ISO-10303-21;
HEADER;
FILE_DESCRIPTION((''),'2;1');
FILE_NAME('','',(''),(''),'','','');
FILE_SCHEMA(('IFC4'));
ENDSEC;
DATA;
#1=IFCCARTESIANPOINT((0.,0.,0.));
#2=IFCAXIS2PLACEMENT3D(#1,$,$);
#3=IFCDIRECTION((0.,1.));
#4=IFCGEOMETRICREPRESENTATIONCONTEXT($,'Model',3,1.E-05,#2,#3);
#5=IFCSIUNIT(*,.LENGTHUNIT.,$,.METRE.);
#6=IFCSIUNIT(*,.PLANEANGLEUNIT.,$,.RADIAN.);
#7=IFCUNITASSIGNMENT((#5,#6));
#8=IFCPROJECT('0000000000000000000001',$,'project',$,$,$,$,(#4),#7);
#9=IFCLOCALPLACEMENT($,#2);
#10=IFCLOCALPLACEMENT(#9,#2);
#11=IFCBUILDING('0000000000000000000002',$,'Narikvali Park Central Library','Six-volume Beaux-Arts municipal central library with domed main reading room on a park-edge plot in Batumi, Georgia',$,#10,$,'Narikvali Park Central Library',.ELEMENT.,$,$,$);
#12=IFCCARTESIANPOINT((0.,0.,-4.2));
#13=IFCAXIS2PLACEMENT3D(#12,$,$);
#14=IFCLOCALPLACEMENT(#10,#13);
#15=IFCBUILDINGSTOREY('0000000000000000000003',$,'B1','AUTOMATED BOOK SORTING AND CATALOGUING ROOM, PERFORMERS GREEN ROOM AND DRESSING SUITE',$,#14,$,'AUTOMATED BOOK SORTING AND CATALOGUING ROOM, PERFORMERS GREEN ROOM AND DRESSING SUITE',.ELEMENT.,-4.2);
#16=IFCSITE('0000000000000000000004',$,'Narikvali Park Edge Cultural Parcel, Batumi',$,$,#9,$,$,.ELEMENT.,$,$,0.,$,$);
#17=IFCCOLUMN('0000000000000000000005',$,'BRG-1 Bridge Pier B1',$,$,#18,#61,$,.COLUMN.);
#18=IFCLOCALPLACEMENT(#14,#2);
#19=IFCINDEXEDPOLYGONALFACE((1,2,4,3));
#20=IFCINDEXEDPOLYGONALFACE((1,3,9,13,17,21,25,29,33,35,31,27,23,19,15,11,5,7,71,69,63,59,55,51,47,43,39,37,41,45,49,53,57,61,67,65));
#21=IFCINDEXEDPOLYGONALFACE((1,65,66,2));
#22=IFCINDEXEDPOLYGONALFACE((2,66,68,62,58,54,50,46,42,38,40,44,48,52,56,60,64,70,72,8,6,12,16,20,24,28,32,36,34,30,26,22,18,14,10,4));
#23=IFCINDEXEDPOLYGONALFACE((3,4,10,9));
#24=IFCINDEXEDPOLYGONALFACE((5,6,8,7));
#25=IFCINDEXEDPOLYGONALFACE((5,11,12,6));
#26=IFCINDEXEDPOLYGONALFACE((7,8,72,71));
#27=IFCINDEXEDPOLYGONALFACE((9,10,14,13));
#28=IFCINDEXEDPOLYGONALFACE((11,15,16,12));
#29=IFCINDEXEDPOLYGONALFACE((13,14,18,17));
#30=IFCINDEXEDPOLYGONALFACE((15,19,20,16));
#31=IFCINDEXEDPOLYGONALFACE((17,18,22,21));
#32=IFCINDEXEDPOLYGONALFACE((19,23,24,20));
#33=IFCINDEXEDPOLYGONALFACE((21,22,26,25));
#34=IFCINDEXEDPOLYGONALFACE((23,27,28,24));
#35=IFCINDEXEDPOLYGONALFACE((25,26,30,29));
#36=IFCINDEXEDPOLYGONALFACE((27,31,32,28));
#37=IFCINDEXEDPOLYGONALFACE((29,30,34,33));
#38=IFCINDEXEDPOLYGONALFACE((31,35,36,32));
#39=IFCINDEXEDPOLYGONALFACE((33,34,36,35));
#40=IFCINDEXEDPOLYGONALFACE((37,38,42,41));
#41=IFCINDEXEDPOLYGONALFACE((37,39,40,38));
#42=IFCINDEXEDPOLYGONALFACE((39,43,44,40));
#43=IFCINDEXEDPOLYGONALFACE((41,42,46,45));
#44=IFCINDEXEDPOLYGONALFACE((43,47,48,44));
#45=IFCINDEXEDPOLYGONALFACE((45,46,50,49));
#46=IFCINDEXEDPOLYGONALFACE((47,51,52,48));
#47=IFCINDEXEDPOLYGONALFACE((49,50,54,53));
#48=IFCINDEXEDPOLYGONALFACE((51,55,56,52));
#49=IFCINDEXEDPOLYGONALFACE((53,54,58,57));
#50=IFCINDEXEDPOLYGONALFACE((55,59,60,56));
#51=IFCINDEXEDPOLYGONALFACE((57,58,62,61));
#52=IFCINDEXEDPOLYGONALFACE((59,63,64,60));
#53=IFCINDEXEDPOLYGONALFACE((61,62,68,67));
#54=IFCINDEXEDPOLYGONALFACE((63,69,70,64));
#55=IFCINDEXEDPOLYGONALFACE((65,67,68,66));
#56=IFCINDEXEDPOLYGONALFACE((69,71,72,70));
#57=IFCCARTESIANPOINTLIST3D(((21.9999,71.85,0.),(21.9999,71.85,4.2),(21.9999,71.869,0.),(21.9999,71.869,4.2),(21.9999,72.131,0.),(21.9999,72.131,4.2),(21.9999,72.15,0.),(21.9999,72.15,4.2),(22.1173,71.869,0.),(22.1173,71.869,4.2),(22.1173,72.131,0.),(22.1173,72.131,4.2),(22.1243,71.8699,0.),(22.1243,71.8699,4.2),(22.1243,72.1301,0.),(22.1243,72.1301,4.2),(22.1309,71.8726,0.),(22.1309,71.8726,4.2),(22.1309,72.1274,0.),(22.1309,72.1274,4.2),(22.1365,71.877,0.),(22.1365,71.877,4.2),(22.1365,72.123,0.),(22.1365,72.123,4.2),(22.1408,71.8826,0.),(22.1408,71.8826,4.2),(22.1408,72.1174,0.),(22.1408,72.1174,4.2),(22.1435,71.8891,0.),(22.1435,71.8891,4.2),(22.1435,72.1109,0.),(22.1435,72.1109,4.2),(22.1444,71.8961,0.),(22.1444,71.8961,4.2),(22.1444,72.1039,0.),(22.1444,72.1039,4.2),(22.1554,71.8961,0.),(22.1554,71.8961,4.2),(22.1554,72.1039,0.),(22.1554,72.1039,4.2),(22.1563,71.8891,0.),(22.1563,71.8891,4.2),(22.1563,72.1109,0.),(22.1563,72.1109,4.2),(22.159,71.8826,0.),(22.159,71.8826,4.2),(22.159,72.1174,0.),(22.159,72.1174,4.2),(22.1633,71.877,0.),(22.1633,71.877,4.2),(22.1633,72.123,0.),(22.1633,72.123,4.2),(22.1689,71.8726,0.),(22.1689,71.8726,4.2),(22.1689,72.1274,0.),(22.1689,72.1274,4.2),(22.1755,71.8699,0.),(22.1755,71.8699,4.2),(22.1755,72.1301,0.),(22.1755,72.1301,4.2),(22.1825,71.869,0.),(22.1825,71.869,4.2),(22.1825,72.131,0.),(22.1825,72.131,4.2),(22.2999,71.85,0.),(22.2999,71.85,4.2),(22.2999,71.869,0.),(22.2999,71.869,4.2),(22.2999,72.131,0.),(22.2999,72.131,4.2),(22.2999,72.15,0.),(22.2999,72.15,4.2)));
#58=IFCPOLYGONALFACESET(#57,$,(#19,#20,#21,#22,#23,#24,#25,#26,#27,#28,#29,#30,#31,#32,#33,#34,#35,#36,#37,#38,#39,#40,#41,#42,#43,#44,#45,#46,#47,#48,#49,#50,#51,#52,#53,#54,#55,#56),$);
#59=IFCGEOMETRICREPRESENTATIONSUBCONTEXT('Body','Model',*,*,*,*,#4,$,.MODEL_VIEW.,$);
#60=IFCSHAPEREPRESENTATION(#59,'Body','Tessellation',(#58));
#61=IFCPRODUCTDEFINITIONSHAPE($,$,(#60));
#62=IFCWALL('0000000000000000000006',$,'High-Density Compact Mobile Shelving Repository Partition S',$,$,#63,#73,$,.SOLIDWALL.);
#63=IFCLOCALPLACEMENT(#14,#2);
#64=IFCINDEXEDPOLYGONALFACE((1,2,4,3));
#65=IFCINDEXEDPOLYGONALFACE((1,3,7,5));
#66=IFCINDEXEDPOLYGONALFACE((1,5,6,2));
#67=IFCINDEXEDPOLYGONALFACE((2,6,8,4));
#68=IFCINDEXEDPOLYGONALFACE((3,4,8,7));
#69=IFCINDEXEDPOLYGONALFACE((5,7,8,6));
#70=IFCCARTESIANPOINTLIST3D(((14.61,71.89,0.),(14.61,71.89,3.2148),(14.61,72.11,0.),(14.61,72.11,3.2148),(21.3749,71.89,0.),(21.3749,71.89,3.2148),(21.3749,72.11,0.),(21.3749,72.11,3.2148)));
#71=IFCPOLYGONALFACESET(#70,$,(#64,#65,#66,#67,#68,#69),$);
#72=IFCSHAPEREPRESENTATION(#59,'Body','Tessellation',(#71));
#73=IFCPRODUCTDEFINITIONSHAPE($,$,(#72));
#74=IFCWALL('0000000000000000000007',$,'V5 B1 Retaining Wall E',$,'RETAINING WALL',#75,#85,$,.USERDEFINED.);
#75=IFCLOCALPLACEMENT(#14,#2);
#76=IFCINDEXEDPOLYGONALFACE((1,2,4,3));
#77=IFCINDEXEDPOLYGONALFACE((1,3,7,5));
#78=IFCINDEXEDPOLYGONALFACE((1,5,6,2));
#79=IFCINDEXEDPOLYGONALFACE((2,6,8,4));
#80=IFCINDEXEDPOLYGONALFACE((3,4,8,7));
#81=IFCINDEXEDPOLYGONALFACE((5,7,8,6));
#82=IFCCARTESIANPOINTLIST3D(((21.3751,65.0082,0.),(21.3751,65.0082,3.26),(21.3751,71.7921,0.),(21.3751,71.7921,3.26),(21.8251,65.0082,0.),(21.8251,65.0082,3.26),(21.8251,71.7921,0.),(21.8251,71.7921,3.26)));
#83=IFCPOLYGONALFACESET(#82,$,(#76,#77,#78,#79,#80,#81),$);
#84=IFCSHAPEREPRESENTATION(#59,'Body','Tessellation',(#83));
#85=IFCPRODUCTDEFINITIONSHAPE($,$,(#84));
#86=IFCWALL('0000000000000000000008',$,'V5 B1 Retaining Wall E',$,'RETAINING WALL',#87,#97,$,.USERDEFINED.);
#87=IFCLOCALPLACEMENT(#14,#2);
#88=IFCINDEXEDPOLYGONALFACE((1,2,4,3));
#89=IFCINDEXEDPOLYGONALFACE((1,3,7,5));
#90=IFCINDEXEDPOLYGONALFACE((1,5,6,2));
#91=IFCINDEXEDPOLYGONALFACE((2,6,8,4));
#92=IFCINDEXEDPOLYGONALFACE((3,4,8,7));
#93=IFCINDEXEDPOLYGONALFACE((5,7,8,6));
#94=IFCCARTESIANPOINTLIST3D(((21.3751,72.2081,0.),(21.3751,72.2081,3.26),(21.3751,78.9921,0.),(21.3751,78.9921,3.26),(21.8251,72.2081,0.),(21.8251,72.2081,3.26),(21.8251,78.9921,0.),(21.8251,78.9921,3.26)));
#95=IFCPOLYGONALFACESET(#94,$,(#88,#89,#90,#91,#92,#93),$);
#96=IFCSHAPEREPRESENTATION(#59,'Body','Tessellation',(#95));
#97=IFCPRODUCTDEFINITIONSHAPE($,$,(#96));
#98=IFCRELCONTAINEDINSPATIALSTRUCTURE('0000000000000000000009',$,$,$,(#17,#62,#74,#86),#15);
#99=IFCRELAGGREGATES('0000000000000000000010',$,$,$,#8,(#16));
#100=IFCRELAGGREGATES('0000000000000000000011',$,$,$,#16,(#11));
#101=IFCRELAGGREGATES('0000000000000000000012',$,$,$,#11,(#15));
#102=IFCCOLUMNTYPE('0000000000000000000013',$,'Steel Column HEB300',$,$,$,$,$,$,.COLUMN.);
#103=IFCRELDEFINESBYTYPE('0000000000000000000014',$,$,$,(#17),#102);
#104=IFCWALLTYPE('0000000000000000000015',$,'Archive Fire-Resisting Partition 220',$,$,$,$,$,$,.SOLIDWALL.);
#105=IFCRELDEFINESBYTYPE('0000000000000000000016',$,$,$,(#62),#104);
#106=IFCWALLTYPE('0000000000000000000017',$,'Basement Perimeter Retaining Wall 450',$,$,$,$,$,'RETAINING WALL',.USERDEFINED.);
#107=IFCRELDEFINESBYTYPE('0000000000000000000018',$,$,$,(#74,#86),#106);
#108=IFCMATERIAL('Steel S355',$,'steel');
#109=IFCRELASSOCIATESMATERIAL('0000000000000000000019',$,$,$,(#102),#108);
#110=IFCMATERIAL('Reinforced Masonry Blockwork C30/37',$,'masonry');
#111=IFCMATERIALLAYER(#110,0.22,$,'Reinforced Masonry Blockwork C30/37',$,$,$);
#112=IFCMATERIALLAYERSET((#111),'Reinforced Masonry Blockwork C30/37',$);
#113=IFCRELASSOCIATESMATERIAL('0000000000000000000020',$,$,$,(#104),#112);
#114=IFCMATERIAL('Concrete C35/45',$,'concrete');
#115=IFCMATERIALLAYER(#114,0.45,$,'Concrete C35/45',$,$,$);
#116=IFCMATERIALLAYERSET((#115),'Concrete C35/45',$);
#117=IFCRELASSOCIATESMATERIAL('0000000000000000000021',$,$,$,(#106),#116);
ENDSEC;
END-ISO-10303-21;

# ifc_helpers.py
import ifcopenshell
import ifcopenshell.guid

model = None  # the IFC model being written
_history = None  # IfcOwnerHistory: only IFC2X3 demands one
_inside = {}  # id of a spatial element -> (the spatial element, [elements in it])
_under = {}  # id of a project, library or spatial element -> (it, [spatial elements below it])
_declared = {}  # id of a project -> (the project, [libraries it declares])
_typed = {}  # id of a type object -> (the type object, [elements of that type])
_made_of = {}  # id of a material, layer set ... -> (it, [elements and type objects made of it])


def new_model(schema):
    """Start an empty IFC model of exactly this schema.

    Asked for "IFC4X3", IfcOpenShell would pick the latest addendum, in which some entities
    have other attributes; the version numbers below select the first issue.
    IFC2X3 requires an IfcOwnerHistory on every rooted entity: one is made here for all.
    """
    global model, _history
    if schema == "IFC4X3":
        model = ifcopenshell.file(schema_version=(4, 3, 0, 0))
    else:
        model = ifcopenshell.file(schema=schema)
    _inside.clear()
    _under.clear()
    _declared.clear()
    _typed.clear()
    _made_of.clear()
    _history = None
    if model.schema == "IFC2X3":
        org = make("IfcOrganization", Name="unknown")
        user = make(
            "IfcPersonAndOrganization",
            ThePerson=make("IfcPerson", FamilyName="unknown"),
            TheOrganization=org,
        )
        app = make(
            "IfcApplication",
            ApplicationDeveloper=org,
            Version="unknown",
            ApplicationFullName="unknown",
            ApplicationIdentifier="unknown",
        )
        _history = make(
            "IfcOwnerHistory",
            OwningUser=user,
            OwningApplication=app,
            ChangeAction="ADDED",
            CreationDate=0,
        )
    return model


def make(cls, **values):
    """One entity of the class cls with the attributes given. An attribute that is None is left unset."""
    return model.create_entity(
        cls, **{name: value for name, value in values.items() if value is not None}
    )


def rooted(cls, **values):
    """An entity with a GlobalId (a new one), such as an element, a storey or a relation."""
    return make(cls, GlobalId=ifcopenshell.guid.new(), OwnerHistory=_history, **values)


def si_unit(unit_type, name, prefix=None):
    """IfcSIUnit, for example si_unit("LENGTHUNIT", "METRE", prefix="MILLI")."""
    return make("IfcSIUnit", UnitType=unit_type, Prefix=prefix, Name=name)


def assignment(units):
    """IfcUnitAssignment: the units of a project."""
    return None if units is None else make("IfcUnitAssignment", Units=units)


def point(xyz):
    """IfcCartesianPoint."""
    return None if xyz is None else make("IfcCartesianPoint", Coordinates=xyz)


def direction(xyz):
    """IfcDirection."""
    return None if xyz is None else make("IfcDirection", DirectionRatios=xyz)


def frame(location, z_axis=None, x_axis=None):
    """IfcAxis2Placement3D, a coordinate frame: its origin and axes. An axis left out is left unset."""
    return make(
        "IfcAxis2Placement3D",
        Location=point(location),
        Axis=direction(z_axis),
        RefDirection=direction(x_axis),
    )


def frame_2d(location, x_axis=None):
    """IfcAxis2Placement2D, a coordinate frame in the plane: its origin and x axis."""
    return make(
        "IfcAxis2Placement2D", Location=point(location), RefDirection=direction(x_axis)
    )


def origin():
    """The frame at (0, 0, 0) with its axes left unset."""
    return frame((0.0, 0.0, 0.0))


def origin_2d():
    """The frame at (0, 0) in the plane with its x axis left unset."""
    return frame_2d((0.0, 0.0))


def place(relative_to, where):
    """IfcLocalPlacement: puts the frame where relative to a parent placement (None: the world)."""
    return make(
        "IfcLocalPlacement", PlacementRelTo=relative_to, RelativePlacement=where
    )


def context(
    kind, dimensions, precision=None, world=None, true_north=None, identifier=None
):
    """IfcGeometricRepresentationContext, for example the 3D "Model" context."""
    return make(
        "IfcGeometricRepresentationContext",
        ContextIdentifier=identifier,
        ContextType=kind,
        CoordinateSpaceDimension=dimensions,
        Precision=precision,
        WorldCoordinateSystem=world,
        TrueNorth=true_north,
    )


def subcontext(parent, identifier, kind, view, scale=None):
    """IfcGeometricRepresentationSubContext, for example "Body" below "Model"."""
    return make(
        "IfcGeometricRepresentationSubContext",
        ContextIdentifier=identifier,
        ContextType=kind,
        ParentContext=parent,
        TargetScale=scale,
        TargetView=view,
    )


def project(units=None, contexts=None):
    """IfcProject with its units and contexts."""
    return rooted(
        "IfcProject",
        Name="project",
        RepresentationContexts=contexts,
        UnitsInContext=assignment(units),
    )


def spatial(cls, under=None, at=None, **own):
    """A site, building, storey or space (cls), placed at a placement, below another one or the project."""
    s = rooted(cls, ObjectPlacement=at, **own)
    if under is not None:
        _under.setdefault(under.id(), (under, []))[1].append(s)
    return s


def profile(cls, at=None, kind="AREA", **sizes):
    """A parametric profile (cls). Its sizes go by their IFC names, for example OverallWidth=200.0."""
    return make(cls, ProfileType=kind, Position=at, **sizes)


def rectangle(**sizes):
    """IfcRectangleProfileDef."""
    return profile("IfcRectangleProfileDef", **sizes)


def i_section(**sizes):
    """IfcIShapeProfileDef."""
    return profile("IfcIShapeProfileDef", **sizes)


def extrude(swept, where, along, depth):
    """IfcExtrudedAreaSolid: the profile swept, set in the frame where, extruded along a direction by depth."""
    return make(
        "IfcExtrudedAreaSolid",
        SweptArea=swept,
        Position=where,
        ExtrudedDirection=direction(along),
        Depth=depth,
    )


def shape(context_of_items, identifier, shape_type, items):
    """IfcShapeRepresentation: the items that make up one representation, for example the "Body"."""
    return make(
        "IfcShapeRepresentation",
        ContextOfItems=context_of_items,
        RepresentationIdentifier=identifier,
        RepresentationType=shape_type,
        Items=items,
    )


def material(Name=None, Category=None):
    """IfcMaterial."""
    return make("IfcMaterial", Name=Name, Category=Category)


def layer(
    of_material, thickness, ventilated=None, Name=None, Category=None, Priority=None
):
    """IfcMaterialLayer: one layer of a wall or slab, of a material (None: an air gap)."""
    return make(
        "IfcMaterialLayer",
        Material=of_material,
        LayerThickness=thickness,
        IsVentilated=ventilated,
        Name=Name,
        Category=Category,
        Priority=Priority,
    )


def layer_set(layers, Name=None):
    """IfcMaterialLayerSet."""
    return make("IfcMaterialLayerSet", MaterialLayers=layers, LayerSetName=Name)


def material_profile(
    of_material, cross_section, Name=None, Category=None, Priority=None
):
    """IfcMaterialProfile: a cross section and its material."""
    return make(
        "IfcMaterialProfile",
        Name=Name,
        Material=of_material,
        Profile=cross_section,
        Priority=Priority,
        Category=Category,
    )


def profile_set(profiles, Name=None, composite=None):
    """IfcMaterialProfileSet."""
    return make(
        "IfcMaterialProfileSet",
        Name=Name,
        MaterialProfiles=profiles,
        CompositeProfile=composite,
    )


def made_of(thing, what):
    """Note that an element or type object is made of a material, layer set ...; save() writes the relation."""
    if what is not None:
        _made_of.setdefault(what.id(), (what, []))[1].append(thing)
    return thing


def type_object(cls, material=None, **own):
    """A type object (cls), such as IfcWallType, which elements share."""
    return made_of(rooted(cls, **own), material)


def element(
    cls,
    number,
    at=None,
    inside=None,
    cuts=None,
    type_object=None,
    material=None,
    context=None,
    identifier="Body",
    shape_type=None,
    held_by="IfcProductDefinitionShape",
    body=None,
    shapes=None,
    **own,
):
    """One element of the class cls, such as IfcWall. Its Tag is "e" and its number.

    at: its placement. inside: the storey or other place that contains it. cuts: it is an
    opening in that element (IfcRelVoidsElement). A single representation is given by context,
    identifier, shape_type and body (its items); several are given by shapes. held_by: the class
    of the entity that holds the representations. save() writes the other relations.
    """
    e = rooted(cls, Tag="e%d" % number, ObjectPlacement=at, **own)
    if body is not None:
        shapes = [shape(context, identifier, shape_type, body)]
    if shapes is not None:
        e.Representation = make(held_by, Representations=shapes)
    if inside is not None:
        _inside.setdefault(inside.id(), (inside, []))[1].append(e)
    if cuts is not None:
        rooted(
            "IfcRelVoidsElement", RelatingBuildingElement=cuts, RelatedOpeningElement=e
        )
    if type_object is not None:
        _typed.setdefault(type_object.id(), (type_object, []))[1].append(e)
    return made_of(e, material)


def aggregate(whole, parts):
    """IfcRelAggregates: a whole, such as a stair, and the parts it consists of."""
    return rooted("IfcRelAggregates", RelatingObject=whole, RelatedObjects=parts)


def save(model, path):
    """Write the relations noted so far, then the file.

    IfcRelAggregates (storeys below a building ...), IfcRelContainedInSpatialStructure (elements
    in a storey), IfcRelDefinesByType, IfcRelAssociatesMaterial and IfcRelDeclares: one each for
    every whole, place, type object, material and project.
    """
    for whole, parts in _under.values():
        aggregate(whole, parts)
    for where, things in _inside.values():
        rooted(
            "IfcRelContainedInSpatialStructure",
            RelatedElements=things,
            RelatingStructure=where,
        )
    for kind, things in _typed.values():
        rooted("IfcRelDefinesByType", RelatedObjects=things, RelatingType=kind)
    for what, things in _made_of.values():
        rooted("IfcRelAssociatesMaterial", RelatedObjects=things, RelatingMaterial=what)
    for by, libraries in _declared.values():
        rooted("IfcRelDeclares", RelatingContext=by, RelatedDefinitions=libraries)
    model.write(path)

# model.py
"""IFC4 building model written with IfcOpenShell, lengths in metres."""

from ifc_helpers import new_model, si_unit, direction, frame, frame_2d, origin, origin_2d, place, context, subcontext, project, spatial, rectangle, i_section, extrude, material, layer, layer_set, material_profile, profile_set, type_object, element, save


model = new_model("IFC4")

# Units and contexts
model_context = context("Model", 3, precision=1e-05, world=origin(), true_north=direction((0.0, 1.0)))
body_context = subcontext(model_context, "Body", "Model", "MODEL_VIEW")
ifc_project = project(units=[si_unit("LENGTHUNIT", "METRE"), si_unit("PLANEANGLEUNIT", "RADIAN")], contexts=[model_context])

# Site, building, storey
site_placement = place(None, origin())
site = spatial("IfcSite", under=ifc_project, at=site_placement, Name="Narikvali Park Edge Cultural Parcel, Batumi", CompositionType="ELEMENT", RefElevation=0.0)
building_placement = place(site_placement, origin())
building = spatial("IfcBuilding", under=site, at=building_placement, Name="Narikvali Park Central Library", Description="Six-volume Beaux-Arts municipal central library with domed main reading room on a park-edge plot in Batumi, Georgia", LongName="Narikvali Park Central Library", CompositionType="ELEMENT")
storey_placement = place(building_placement, frame((0.0, 0.0, -4.2)))
storey = spatial("IfcBuildingStorey", under=building, at=storey_placement, Name="B1", Description="AUTOMATED BOOK SORTING AND CATALOGUING ROOM, PERFORMERS GREEN ROOM AND DRESSING SUITE", LongName="AUTOMATED BOOK SORTING AND CATALOGUING ROOM, PERFORMERS GREEN ROOM AND DRESSING SUITE", CompositionType="ELEMENT", Elevation=-4.2)

# Shared definitions
ifc_material_1 = material(Name="Concrete C35/45", Category="concrete")

# Column
ifc_material_2 = material(Name="Steel S355", Category="steel")
ifc_material_profile_1 = material_profile(ifc_material_2, i_section(OverallWidth=0.3, OverallDepth=0.3, WebThickness=0.011, FlangeThickness=0.019, FilletRadius=0.0271, at=origin_2d()), Name="HEB 300")
ifc_profile_set_1 = profile_set([ifc_material_profile_1], Name="Steel S355")
column_type_1 = type_object("IfcColumnType", Name="Steel Column HEB300", PredefinedType="COLUMN", material=ifc_profile_set_1)
column_1_placement = place(storey_placement, frame((22.1499, 72.0, 0.0), z_axis=(0.0, 0.0, 1.0), x_axis=(1.0, 0.0, 0.0)))
element("IfcColumn", 1, at=column_1_placement, inside=storey, type_object=column_type_1, Name="BRG-1 Bridge Pier B1", PredefinedType="COLUMN", context=body_context, shape_type="SweptSolid", body=[
    extrude(i_section(OverallWidth=0.3, OverallDepth=0.3, WebThickness=0.011, FlangeThickness=0.019, FilletRadius=0.0271, at=origin_2d()), origin(), (0.0, 0.0, 1.0), 4.2),
])

# Walls
ifc_material_3 = material(Name="Reinforced Masonry Blockwork C30/37", Category="masonry")
ifc_layer_1 = layer(ifc_material_3, 0.22, Name="Reinforced Masonry Blockwork C30/37")
ifc_layer_set_1 = layer_set([ifc_layer_1], Name="Reinforced Masonry Blockwork C30/37")
wall_type_1 = type_object("IfcWallType", Name="Archive Fire-Resisting Partition 220", PredefinedType="SOLIDWALL", material=ifc_layer_set_1)
wall_1_placement = place(storey_placement, frame((14.6101, 72.0, 0.0), z_axis=(0.0, 0.0, 1.0), x_axis=(1.0, 0.0, 0.0)))
element("IfcWall", 2, at=wall_1_placement, inside=storey, type_object=wall_type_1, Name="High-Density Compact Mobile Shelving Repository Partition S", PredefinedType="SOLIDWALL", context=body_context, shape_type="SweptSolid", body=[
    extrude(rectangle(XDim=6.7649, YDim=0.22, at=frame_2d((3.3823, 0.0))), origin(), (0.0, 0.0, 1.0), 3.2148),
])
ifc_layer_2 = layer(ifc_material_1, 0.45, Name="Concrete C35/45")
ifc_layer_set_2 = layer_set([ifc_layer_2], Name="Concrete C35/45")
wall_type_2 = type_object("IfcWallType", Name="Basement Perimeter Retaining Wall 450", ElementType="RETAINING WALL", PredefinedType="USERDEFINED", material=ifc_layer_set_2)
for number, where, z_axis, x_axis, name in (
    (3, (21.6001, 65.0081, 0.0), (0.0, 0.0, 1.0), (0.0, 1.0, 0.0), "V5 B1 Retaining Wall E"),
    (4, (21.6001, 72.208, 0.0), (0.0, 0.0, 1.0), (0.0, 1.0, 0.0), "V5 B1 Retaining Wall E"),
):
    element("IfcWall", number, at=place(storey_placement, frame(where, z_axis=z_axis, x_axis=x_axis)), inside=storey, type_object=wall_type_2, Name=name, ObjectType="RETAINING WALL", PredefinedType="USERDEFINED", context=body_context, shape_type="SweptSolid", body=[
        extrude(rectangle(XDim=6.7839, YDim=0.45, at=frame_2d((3.3921, 0.0))), origin(), (0.0, 0.0, 1.0), 3.26),
    ])

save(model, "model.ifc")
